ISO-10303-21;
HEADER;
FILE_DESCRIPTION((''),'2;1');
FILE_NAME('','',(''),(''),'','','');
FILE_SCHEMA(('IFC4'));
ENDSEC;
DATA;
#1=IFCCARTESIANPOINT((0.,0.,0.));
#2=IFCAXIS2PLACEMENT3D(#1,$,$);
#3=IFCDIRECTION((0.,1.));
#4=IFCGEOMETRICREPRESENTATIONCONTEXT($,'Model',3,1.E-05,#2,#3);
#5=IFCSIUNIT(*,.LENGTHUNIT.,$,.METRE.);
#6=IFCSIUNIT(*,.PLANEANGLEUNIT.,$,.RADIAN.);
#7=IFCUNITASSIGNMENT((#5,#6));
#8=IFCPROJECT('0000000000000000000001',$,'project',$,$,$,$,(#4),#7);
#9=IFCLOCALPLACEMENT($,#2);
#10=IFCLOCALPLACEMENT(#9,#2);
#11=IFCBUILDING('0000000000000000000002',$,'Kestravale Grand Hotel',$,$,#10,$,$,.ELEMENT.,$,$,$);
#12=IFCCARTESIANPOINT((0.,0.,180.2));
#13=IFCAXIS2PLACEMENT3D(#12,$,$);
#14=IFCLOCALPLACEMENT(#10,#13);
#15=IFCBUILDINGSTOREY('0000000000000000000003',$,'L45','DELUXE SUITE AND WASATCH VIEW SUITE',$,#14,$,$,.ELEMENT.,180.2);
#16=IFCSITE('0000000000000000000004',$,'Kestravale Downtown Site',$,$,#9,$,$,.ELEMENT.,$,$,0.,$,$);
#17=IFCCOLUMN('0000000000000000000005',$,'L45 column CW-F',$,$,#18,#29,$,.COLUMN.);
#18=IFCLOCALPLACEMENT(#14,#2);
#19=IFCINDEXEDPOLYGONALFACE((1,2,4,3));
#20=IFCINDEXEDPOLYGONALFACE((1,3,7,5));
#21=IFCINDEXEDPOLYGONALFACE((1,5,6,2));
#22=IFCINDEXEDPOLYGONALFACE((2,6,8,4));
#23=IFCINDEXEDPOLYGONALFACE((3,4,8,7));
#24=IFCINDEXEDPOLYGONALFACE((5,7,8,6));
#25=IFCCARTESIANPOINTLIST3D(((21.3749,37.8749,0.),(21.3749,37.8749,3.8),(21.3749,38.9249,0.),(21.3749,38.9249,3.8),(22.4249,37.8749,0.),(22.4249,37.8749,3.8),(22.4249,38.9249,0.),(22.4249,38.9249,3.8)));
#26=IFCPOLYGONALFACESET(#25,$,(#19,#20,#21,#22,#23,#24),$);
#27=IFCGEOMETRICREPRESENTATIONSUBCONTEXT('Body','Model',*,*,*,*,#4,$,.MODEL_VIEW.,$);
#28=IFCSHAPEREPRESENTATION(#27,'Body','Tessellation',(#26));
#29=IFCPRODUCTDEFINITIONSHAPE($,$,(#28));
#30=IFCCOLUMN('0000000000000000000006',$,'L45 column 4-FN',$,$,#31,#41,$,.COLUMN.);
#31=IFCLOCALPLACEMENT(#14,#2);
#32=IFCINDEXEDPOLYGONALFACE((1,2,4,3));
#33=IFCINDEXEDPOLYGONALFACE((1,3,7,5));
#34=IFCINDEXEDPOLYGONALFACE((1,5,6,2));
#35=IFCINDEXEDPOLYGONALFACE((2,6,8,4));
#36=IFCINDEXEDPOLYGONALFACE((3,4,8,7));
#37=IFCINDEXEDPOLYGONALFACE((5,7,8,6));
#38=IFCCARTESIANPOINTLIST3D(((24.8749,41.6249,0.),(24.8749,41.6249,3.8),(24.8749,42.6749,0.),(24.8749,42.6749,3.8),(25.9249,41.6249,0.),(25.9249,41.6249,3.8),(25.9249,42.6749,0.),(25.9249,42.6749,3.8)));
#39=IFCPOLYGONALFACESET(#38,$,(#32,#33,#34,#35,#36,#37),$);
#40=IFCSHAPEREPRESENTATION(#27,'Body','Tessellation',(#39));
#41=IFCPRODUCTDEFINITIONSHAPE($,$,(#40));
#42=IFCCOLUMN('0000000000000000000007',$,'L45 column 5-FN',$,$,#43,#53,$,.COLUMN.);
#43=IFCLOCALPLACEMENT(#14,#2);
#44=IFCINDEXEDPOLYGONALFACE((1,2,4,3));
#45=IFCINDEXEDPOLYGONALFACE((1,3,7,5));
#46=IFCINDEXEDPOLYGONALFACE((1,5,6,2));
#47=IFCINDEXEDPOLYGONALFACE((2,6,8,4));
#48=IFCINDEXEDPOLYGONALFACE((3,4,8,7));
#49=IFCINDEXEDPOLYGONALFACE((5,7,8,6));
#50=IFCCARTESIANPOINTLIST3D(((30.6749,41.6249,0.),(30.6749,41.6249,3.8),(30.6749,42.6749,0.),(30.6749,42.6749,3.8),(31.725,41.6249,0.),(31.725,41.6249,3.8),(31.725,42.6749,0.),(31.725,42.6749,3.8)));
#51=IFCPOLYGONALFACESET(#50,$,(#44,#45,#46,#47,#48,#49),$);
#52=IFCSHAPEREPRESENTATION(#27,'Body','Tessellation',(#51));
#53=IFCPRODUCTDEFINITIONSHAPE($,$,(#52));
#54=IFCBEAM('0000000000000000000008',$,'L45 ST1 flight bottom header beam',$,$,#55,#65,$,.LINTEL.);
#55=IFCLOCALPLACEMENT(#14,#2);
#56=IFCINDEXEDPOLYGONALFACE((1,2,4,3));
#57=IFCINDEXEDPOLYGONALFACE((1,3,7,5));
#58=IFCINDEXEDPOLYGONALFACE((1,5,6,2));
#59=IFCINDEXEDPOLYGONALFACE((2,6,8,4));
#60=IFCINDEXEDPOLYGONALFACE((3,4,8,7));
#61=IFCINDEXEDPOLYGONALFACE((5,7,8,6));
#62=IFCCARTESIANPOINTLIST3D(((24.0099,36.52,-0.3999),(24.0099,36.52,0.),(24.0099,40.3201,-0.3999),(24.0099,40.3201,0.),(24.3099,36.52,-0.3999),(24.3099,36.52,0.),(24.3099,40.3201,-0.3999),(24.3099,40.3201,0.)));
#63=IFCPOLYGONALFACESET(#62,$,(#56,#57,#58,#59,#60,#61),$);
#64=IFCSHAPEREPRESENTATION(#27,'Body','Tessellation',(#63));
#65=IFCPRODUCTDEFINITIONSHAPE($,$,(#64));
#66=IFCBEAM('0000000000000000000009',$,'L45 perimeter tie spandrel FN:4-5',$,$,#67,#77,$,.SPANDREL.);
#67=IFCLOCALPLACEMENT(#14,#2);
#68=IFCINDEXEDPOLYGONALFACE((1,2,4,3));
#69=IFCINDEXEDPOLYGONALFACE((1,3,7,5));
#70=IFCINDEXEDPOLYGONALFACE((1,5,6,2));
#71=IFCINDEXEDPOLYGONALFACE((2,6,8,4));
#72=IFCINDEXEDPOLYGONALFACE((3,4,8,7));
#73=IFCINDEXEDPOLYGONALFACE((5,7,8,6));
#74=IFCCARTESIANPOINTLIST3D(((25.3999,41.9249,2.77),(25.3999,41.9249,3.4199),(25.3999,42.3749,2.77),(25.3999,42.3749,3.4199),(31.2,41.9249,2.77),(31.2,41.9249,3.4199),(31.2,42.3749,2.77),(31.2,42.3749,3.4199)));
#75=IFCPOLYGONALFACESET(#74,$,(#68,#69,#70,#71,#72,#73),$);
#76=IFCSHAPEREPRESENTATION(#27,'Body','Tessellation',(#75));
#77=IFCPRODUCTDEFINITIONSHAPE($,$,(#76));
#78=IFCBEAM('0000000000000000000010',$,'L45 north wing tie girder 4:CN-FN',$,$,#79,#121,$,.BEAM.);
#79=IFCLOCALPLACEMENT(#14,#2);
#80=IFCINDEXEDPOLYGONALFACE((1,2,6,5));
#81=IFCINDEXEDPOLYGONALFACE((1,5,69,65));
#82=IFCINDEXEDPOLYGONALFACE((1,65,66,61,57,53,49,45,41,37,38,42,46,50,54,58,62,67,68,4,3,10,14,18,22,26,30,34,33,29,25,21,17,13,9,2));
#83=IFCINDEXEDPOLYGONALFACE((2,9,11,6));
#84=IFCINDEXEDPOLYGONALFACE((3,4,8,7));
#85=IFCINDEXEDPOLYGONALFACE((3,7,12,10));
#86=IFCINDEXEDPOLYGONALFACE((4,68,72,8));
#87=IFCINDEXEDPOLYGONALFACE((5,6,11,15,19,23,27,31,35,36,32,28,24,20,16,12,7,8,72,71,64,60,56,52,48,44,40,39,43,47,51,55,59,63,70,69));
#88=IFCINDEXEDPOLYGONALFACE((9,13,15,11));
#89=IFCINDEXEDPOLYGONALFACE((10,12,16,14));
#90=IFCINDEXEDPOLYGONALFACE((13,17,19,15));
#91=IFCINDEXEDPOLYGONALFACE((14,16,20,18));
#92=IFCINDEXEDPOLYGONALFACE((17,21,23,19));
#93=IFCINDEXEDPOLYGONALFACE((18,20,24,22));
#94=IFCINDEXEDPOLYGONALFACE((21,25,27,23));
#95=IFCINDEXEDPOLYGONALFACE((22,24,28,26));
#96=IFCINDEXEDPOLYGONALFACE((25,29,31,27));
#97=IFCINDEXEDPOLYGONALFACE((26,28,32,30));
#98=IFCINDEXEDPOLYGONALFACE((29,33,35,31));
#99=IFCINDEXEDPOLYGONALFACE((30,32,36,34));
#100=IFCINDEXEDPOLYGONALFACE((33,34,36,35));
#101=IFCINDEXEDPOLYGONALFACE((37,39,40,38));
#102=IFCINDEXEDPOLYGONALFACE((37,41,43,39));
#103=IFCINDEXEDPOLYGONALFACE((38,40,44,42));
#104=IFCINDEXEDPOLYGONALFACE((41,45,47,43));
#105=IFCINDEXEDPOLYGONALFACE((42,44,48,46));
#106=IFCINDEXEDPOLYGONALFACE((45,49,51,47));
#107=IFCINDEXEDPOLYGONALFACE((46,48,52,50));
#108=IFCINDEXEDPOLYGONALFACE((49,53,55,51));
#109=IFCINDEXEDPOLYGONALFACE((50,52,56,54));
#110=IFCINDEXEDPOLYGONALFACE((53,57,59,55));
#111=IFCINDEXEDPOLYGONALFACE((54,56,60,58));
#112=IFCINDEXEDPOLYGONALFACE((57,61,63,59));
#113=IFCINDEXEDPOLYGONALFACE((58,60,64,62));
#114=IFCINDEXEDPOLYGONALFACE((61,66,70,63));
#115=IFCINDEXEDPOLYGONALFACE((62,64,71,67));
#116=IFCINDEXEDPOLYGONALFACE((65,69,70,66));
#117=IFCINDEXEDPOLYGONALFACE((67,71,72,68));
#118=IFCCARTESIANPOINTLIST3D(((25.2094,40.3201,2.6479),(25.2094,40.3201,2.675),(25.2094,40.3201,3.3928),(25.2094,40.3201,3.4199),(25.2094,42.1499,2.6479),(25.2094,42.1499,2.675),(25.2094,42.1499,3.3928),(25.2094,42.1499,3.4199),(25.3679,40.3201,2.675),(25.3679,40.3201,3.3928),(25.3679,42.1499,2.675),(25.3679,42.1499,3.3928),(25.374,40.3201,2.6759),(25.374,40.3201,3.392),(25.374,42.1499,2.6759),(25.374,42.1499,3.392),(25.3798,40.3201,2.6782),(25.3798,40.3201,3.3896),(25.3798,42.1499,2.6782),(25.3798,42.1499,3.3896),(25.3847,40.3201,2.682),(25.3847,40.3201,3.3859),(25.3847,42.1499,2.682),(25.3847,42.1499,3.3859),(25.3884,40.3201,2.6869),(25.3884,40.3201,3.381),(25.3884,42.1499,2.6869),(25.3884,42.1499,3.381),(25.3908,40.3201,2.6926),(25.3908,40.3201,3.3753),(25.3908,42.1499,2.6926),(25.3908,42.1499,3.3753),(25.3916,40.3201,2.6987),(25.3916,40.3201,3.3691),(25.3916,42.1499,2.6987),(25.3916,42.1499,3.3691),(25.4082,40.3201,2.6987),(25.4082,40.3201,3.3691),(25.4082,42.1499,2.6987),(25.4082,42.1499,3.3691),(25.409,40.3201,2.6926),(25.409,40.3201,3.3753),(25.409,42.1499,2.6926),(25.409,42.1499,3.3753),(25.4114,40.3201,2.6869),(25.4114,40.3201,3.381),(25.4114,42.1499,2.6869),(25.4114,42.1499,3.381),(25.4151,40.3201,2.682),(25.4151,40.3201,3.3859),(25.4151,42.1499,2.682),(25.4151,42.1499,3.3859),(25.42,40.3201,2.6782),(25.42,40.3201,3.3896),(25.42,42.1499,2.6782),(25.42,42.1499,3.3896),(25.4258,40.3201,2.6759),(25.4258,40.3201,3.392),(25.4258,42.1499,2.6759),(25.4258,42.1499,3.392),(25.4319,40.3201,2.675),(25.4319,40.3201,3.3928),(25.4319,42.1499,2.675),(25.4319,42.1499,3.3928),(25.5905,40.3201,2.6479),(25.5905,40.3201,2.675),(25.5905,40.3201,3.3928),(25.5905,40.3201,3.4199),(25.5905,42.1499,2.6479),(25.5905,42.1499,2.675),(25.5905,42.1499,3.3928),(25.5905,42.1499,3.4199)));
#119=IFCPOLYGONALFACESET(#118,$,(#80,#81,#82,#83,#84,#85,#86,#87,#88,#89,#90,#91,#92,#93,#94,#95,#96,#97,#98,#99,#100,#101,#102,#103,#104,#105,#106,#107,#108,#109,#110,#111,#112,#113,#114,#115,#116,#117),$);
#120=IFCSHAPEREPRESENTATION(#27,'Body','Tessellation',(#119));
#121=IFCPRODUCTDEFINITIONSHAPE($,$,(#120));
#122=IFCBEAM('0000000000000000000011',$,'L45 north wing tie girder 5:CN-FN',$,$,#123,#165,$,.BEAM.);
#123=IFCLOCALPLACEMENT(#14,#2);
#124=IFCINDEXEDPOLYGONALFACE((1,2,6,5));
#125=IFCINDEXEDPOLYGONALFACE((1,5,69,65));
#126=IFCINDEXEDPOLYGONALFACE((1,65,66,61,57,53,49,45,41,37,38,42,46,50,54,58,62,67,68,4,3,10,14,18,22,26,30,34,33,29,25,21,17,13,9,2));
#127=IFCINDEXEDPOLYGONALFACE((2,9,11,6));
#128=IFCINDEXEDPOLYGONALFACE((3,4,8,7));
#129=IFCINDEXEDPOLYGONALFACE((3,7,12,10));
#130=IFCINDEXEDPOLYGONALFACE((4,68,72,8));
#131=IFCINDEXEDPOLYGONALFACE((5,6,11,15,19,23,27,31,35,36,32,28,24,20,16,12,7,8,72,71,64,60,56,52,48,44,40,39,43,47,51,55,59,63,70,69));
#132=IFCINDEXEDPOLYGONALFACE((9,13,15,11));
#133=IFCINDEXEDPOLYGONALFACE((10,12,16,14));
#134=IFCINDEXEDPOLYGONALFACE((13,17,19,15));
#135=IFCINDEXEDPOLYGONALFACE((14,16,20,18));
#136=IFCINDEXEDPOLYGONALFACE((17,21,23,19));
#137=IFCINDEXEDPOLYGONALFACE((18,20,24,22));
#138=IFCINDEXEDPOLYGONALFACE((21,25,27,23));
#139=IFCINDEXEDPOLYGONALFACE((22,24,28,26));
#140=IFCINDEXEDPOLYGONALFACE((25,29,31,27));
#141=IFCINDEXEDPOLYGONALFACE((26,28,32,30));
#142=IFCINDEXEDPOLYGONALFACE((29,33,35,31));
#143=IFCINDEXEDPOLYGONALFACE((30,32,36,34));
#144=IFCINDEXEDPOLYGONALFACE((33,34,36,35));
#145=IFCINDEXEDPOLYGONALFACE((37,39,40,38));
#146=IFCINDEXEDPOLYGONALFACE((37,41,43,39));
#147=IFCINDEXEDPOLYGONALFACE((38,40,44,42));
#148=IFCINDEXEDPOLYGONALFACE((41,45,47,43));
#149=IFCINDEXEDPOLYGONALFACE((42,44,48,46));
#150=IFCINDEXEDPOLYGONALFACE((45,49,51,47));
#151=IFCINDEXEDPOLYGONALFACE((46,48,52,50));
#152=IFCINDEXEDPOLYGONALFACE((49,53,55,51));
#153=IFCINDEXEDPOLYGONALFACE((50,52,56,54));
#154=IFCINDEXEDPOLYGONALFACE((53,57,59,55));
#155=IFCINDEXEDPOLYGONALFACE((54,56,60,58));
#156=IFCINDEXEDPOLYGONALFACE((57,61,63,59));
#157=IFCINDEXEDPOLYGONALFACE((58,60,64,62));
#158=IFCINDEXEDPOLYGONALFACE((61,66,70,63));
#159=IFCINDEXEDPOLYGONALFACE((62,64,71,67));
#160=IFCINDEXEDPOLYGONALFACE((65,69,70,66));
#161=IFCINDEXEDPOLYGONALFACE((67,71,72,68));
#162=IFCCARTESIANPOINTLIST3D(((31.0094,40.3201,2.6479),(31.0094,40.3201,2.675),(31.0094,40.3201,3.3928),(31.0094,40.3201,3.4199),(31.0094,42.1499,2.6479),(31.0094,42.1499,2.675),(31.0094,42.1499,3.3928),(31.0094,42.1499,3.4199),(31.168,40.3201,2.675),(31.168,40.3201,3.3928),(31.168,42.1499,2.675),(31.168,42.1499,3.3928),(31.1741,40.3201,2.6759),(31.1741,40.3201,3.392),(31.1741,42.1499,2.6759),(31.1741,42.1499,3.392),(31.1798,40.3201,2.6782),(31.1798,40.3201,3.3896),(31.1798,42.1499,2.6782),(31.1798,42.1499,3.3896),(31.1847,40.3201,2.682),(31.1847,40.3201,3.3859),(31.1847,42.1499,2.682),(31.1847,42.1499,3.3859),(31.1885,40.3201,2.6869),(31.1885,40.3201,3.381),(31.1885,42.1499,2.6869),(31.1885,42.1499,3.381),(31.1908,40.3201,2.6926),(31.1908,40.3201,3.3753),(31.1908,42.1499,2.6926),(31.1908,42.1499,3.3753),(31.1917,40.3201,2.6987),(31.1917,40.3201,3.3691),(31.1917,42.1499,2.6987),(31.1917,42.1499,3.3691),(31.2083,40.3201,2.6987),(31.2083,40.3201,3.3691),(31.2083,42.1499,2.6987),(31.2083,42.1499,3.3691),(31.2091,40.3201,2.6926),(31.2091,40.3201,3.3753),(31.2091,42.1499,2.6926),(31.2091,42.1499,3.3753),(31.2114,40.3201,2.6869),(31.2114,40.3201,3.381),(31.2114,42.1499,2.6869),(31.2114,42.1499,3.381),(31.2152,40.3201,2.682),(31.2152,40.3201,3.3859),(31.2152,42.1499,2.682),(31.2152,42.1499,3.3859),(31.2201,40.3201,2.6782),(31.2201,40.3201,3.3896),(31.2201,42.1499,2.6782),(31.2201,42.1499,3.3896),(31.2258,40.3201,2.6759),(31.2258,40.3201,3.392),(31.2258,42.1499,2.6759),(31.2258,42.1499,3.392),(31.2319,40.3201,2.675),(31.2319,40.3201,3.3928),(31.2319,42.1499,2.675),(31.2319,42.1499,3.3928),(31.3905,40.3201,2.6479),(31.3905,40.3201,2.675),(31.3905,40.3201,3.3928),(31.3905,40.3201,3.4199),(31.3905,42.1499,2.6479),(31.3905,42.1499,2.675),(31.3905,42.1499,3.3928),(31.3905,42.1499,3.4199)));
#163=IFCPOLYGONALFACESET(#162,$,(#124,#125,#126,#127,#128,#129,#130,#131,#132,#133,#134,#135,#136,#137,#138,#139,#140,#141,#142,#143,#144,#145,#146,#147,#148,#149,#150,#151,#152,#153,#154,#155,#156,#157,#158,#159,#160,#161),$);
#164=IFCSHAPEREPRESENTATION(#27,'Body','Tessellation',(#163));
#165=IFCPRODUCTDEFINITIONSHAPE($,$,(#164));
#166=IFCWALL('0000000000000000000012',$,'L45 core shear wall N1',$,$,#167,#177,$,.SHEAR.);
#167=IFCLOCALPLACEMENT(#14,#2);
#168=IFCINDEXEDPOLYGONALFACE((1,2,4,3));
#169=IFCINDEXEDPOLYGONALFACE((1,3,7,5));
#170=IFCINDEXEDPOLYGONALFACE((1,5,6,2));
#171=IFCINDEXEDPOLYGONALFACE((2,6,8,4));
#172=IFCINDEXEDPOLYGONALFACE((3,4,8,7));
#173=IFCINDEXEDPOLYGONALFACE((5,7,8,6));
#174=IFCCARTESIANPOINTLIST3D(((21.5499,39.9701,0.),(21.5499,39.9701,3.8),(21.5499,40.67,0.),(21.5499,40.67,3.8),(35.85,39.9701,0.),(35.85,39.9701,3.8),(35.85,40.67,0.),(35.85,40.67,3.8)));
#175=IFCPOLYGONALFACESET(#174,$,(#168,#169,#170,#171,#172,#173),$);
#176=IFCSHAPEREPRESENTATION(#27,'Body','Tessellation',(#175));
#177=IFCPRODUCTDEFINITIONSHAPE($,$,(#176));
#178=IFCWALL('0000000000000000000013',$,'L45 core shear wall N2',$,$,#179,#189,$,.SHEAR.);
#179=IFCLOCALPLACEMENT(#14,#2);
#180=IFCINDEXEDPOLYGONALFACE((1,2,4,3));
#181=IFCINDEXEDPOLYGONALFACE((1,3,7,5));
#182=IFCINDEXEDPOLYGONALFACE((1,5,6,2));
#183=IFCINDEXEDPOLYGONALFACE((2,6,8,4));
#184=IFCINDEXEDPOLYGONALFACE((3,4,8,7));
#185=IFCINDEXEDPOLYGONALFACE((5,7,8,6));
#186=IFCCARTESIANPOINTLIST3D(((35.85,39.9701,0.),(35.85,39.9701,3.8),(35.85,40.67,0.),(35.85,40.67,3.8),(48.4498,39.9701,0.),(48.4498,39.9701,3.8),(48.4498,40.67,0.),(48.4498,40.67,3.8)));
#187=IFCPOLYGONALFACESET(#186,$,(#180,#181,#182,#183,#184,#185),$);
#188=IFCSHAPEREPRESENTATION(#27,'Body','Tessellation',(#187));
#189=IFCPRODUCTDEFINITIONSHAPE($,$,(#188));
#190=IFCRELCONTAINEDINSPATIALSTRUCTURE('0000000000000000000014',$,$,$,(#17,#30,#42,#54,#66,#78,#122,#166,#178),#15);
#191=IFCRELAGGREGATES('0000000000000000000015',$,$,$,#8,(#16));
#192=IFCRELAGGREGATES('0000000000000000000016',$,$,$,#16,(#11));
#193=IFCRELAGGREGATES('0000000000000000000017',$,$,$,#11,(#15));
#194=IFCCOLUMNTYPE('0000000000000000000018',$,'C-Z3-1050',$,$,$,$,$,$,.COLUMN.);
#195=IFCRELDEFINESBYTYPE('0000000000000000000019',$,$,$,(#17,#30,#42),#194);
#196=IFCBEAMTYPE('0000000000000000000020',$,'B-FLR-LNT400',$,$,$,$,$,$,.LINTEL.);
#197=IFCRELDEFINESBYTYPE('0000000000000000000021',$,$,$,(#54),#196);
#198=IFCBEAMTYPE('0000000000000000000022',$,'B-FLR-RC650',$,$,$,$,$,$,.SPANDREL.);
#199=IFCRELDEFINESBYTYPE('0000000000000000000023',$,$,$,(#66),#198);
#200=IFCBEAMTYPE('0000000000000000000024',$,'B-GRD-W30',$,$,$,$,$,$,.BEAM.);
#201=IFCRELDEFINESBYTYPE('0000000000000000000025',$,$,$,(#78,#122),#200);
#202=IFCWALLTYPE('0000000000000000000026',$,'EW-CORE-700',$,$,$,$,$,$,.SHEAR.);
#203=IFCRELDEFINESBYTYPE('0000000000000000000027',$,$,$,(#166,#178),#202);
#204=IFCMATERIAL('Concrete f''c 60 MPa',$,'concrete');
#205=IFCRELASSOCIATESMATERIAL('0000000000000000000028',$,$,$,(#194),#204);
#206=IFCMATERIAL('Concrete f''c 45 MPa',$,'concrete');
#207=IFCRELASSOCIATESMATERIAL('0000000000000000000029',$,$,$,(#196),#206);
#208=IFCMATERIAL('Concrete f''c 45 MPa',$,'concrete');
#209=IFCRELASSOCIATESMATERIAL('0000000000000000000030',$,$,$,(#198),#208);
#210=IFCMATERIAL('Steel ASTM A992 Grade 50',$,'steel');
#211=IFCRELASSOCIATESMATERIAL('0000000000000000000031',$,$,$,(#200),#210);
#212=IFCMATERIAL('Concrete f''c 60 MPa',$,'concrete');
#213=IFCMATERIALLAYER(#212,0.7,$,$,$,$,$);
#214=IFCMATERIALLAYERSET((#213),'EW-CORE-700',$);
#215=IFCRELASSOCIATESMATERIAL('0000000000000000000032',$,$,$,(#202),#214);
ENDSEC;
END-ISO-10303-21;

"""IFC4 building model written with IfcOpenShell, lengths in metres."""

from ifc_helpers import new_model, si_unit, direction, frame, frame_2d, origin, origin_2d, place, context, subcontext, project, spatial, rectangle, i_section, extrude, material, layer, layer_set, material_profile, profile_set, type_object, element, save


model = new_model("IFC4")

# Units and contexts
model_context = context("Model", 3, precision=1e-05, world=origin(), true_north=direction((0.0, 1.0)))
body_context = subcontext(model_context, "Body", "Model", "MODEL_VIEW")
ifc_project = project(units=[si_unit("LENGTHUNIT", "METRE"), si_unit("PLANEANGLEUNIT", "RADIAN")], contexts=[model_context])

# Site, building, storey
site_placement = place(None, origin())
site = spatial("IfcSite", under=ifc_project, at=site_placement, Name="Kestravale Downtown Site", CompositionType="ELEMENT", RefElevation=0.0)
building_placement = place(site_placement, origin())
building = spatial("IfcBuilding", under=site, at=building_placement, Name="Kestravale Grand Hotel", CompositionType="ELEMENT")
storey_placement = place(building_placement, frame((0.0, 0.0, 180.2)))
storey = spatial("IfcBuildingStorey", under=building, at=storey_placement, Name="L45", Description="DELUXE SUITE AND WASATCH VIEW SUITE", CompositionType="ELEMENT", Elevation=180.2)

# Columns
ifc_material_1 = material(Name="Concrete f'c 60 MPa", Category="concrete")
ifc_material_profile_1 = material_profile(ifc_material_1, rectangle(XDim=1.05, YDim=1.05, at=origin_2d()))
ifc_profile_set_1 = profile_set([ifc_material_profile_1], Name="Concrete f'c 60 MPa")
column_type = type_object("IfcColumnType", Name="C-Z3-1050", PredefinedType="COLUMN", material=ifc_profile_set_1)
for number, where, z_axis, x_axis, name in (
    (1, (21.8999, 38.3999, 0.0), (0.0, 0.0, 1.0), (1.0, 0.0, 0.0), "L45 column CW-F"),
    (2, (25.3999, 42.1499, 0.0), (0.0, 0.0, 1.0), (1.0, 0.0, 0.0), "L45 column 4-FN"),
    (3, (31.2, 42.1499, 0.0), (0.0, 0.0, 1.0), (1.0, 0.0, 0.0), "L45 column 5-FN"),
):
    element("IfcColumn", number, at=place(storey_placement, frame(where, z_axis=z_axis, x_axis=x_axis)), inside=storey, type_object=column_type, Name=name, PredefinedType="COLUMN", context=body_context, shape_type="SweptSolid", body=[
        extrude(rectangle(XDim=1.05, YDim=1.05, at=origin_2d()), origin(), (0.0, 0.0, 1.0), 3.8),
    ])

# Beams
ifc_material_2 = material(Name="Concrete f'c 45 MPa", Category="concrete")
ifc_material_profile_2 = material_profile(ifc_material_2, rectangle(XDim=0.3, YDim=0.3999, at=origin_2d()))
ifc_profile_set_2 = profile_set([ifc_material_profile_2], Name="Concrete f'c 45 MPa")
beam_type_1 = type_object("IfcBeamType", Name="B-FLR-LNT400", PredefinedType="LINTEL", material=ifc_profile_set_2)
beam_1_placement = place(storey_placement, frame((24.1599, 36.52, -0.2), z_axis=(0.0, 1.0, 0.0), x_axis=(-1.0, 0.0, 0.0)))
element("IfcBeam", 4, at=beam_1_placement, inside=storey, type_object=beam_type_1, Name="L45 ST1 flight bottom header beam", PredefinedType="LINTEL", context=body_context, shape_type="SweptSolid", body=[
    extrude(rectangle(XDim=0.3, YDim=0.3999, at=origin_2d()), origin(), (0.0, 0.0, 1.0), 3.8),
])
ifc_material_3 = material(Name="Concrete f'c 45 MPa", Category="concrete")
ifc_material_profile_3 = material_profile(ifc_material_3, rectangle(XDim=0.45, YDim=0.6499, at=origin_2d()))
ifc_profile_set_3 = profile_set([ifc_material_profile_3], Name="Concrete f'c 45 MPa")
beam_type_2 = type_object("IfcBeamType", Name="B-FLR-RC650", PredefinedType="SPANDREL", material=ifc_profile_set_3)
beam_2_placement = place(storey_placement, frame((25.3999, 42.1499, 3.095), z_axis=(1.0, 0.0, 0.0), x_axis=(0.0, 1.0, 0.0)))
element("IfcBeam", 5, at=beam_2_placement, inside=storey, type_object=beam_type_2, Name="L45 perimeter tie spandrel FN:4-5", PredefinedType="SPANDREL", context=body_context, shape_type="SweptSolid", body=[
    extrude(rectangle(XDim=0.45, YDim=0.6499, at=origin_2d()), origin(), (0.0, 0.0, 1.0), 5.8),
])
ifc_material_4 = material(Name="Steel ASTM A992 Grade 50", Category="steel")
ifc_material_profile_4 = material_profile(ifc_material_4, i_section(OverallWidth=0.3811, OverallDepth=0.772, WebThickness=0.0166, FlangeThickness=0.0271, FilletRadius=0.0237, at=origin_2d()))
ifc_profile_set_4 = profile_set([ifc_material_profile_4], Name="Steel ASTM A992 Grade 50")
beam_type_3 = type_object("IfcBeamType", Name="B-GRD-W30", PredefinedType="BEAM", material=ifc_profile_set_4)
for number, where, z_axis, x_axis, name in (
    (6, (25.3999, 40.3201, 3.0339), (0.0, 1.0, 0.0), (-1.0, 0.0, 0.0), "L45 north wing tie girder 4:CN-FN"),
    (7, (31.2, 40.3201, 3.0339), (0.0, 1.0, 0.0), (-1.0, 0.0, 0.0), "L45 north wing tie girder 5:CN-FN"),
):
    element("IfcBeam", number, at=place(storey_placement, frame(where, z_axis=z_axis, x_axis=x_axis)), inside=storey, type_object=beam_type_3, Name=name, PredefinedType="BEAM", context=body_context, shape_type="SweptSolid", body=[
        extrude(i_section(OverallWidth=0.3811, OverallDepth=0.772, WebThickness=0.0166, FlangeThickness=0.0271, FilletRadius=0.0237, at=origin_2d()), origin(), (0.0, 0.0, 1.0), 1.8298),
    ])

# Walls
ifc_material_5 = material(Name="Concrete f'c 60 MPa", Category="concrete")
ifc_layer_1 = layer(ifc_material_5, 0.7)
ifc_layer_set_1 = layer_set([ifc_layer_1], Name="EW-CORE-700")
wall_type_1 = type_object("IfcWallType", Name="EW-CORE-700", PredefinedType="SHEAR", material=ifc_layer_set_1)
wall_1_placement = place(storey_placement, frame((21.55, 40.3201, 0.0), z_axis=(0.0, 0.0, 1.0), x_axis=(1.0, 0.0, 0.0)))
element("IfcWall", 8, at=wall_1_placement, inside=storey, type_object=wall_type_1, Name="L45 core shear wall N1", PredefinedType="SHEAR", context=body_context, shape_type="SweptSolid", body=[
    extrude(rectangle(XDim=14.3, YDim=0.7, at=frame_2d((7.1499, 0.0))), origin(), (0.0, 0.0, 1.0), 3.8),
])
wall_2_placement = place(storey_placement, frame((35.8501, 40.3201, 0.0), z_axis=(0.0, 0.0, 1.0), x_axis=(1.0, 0.0, 0.0)))
element("IfcWall", 9, at=wall_2_placement, inside=storey, type_object=wall_type_1, Name="L45 core shear wall N2", PredefinedType="SHEAR", context=body_context, shape_type="SweptSolid", body=[
    extrude(rectangle(XDim=12.5999, YDim=0.7, at=frame_2d((6.2998, 0.0))), origin(), (0.0, 0.0, 1.0), 3.8),
])

save(model, "model.ifc")
